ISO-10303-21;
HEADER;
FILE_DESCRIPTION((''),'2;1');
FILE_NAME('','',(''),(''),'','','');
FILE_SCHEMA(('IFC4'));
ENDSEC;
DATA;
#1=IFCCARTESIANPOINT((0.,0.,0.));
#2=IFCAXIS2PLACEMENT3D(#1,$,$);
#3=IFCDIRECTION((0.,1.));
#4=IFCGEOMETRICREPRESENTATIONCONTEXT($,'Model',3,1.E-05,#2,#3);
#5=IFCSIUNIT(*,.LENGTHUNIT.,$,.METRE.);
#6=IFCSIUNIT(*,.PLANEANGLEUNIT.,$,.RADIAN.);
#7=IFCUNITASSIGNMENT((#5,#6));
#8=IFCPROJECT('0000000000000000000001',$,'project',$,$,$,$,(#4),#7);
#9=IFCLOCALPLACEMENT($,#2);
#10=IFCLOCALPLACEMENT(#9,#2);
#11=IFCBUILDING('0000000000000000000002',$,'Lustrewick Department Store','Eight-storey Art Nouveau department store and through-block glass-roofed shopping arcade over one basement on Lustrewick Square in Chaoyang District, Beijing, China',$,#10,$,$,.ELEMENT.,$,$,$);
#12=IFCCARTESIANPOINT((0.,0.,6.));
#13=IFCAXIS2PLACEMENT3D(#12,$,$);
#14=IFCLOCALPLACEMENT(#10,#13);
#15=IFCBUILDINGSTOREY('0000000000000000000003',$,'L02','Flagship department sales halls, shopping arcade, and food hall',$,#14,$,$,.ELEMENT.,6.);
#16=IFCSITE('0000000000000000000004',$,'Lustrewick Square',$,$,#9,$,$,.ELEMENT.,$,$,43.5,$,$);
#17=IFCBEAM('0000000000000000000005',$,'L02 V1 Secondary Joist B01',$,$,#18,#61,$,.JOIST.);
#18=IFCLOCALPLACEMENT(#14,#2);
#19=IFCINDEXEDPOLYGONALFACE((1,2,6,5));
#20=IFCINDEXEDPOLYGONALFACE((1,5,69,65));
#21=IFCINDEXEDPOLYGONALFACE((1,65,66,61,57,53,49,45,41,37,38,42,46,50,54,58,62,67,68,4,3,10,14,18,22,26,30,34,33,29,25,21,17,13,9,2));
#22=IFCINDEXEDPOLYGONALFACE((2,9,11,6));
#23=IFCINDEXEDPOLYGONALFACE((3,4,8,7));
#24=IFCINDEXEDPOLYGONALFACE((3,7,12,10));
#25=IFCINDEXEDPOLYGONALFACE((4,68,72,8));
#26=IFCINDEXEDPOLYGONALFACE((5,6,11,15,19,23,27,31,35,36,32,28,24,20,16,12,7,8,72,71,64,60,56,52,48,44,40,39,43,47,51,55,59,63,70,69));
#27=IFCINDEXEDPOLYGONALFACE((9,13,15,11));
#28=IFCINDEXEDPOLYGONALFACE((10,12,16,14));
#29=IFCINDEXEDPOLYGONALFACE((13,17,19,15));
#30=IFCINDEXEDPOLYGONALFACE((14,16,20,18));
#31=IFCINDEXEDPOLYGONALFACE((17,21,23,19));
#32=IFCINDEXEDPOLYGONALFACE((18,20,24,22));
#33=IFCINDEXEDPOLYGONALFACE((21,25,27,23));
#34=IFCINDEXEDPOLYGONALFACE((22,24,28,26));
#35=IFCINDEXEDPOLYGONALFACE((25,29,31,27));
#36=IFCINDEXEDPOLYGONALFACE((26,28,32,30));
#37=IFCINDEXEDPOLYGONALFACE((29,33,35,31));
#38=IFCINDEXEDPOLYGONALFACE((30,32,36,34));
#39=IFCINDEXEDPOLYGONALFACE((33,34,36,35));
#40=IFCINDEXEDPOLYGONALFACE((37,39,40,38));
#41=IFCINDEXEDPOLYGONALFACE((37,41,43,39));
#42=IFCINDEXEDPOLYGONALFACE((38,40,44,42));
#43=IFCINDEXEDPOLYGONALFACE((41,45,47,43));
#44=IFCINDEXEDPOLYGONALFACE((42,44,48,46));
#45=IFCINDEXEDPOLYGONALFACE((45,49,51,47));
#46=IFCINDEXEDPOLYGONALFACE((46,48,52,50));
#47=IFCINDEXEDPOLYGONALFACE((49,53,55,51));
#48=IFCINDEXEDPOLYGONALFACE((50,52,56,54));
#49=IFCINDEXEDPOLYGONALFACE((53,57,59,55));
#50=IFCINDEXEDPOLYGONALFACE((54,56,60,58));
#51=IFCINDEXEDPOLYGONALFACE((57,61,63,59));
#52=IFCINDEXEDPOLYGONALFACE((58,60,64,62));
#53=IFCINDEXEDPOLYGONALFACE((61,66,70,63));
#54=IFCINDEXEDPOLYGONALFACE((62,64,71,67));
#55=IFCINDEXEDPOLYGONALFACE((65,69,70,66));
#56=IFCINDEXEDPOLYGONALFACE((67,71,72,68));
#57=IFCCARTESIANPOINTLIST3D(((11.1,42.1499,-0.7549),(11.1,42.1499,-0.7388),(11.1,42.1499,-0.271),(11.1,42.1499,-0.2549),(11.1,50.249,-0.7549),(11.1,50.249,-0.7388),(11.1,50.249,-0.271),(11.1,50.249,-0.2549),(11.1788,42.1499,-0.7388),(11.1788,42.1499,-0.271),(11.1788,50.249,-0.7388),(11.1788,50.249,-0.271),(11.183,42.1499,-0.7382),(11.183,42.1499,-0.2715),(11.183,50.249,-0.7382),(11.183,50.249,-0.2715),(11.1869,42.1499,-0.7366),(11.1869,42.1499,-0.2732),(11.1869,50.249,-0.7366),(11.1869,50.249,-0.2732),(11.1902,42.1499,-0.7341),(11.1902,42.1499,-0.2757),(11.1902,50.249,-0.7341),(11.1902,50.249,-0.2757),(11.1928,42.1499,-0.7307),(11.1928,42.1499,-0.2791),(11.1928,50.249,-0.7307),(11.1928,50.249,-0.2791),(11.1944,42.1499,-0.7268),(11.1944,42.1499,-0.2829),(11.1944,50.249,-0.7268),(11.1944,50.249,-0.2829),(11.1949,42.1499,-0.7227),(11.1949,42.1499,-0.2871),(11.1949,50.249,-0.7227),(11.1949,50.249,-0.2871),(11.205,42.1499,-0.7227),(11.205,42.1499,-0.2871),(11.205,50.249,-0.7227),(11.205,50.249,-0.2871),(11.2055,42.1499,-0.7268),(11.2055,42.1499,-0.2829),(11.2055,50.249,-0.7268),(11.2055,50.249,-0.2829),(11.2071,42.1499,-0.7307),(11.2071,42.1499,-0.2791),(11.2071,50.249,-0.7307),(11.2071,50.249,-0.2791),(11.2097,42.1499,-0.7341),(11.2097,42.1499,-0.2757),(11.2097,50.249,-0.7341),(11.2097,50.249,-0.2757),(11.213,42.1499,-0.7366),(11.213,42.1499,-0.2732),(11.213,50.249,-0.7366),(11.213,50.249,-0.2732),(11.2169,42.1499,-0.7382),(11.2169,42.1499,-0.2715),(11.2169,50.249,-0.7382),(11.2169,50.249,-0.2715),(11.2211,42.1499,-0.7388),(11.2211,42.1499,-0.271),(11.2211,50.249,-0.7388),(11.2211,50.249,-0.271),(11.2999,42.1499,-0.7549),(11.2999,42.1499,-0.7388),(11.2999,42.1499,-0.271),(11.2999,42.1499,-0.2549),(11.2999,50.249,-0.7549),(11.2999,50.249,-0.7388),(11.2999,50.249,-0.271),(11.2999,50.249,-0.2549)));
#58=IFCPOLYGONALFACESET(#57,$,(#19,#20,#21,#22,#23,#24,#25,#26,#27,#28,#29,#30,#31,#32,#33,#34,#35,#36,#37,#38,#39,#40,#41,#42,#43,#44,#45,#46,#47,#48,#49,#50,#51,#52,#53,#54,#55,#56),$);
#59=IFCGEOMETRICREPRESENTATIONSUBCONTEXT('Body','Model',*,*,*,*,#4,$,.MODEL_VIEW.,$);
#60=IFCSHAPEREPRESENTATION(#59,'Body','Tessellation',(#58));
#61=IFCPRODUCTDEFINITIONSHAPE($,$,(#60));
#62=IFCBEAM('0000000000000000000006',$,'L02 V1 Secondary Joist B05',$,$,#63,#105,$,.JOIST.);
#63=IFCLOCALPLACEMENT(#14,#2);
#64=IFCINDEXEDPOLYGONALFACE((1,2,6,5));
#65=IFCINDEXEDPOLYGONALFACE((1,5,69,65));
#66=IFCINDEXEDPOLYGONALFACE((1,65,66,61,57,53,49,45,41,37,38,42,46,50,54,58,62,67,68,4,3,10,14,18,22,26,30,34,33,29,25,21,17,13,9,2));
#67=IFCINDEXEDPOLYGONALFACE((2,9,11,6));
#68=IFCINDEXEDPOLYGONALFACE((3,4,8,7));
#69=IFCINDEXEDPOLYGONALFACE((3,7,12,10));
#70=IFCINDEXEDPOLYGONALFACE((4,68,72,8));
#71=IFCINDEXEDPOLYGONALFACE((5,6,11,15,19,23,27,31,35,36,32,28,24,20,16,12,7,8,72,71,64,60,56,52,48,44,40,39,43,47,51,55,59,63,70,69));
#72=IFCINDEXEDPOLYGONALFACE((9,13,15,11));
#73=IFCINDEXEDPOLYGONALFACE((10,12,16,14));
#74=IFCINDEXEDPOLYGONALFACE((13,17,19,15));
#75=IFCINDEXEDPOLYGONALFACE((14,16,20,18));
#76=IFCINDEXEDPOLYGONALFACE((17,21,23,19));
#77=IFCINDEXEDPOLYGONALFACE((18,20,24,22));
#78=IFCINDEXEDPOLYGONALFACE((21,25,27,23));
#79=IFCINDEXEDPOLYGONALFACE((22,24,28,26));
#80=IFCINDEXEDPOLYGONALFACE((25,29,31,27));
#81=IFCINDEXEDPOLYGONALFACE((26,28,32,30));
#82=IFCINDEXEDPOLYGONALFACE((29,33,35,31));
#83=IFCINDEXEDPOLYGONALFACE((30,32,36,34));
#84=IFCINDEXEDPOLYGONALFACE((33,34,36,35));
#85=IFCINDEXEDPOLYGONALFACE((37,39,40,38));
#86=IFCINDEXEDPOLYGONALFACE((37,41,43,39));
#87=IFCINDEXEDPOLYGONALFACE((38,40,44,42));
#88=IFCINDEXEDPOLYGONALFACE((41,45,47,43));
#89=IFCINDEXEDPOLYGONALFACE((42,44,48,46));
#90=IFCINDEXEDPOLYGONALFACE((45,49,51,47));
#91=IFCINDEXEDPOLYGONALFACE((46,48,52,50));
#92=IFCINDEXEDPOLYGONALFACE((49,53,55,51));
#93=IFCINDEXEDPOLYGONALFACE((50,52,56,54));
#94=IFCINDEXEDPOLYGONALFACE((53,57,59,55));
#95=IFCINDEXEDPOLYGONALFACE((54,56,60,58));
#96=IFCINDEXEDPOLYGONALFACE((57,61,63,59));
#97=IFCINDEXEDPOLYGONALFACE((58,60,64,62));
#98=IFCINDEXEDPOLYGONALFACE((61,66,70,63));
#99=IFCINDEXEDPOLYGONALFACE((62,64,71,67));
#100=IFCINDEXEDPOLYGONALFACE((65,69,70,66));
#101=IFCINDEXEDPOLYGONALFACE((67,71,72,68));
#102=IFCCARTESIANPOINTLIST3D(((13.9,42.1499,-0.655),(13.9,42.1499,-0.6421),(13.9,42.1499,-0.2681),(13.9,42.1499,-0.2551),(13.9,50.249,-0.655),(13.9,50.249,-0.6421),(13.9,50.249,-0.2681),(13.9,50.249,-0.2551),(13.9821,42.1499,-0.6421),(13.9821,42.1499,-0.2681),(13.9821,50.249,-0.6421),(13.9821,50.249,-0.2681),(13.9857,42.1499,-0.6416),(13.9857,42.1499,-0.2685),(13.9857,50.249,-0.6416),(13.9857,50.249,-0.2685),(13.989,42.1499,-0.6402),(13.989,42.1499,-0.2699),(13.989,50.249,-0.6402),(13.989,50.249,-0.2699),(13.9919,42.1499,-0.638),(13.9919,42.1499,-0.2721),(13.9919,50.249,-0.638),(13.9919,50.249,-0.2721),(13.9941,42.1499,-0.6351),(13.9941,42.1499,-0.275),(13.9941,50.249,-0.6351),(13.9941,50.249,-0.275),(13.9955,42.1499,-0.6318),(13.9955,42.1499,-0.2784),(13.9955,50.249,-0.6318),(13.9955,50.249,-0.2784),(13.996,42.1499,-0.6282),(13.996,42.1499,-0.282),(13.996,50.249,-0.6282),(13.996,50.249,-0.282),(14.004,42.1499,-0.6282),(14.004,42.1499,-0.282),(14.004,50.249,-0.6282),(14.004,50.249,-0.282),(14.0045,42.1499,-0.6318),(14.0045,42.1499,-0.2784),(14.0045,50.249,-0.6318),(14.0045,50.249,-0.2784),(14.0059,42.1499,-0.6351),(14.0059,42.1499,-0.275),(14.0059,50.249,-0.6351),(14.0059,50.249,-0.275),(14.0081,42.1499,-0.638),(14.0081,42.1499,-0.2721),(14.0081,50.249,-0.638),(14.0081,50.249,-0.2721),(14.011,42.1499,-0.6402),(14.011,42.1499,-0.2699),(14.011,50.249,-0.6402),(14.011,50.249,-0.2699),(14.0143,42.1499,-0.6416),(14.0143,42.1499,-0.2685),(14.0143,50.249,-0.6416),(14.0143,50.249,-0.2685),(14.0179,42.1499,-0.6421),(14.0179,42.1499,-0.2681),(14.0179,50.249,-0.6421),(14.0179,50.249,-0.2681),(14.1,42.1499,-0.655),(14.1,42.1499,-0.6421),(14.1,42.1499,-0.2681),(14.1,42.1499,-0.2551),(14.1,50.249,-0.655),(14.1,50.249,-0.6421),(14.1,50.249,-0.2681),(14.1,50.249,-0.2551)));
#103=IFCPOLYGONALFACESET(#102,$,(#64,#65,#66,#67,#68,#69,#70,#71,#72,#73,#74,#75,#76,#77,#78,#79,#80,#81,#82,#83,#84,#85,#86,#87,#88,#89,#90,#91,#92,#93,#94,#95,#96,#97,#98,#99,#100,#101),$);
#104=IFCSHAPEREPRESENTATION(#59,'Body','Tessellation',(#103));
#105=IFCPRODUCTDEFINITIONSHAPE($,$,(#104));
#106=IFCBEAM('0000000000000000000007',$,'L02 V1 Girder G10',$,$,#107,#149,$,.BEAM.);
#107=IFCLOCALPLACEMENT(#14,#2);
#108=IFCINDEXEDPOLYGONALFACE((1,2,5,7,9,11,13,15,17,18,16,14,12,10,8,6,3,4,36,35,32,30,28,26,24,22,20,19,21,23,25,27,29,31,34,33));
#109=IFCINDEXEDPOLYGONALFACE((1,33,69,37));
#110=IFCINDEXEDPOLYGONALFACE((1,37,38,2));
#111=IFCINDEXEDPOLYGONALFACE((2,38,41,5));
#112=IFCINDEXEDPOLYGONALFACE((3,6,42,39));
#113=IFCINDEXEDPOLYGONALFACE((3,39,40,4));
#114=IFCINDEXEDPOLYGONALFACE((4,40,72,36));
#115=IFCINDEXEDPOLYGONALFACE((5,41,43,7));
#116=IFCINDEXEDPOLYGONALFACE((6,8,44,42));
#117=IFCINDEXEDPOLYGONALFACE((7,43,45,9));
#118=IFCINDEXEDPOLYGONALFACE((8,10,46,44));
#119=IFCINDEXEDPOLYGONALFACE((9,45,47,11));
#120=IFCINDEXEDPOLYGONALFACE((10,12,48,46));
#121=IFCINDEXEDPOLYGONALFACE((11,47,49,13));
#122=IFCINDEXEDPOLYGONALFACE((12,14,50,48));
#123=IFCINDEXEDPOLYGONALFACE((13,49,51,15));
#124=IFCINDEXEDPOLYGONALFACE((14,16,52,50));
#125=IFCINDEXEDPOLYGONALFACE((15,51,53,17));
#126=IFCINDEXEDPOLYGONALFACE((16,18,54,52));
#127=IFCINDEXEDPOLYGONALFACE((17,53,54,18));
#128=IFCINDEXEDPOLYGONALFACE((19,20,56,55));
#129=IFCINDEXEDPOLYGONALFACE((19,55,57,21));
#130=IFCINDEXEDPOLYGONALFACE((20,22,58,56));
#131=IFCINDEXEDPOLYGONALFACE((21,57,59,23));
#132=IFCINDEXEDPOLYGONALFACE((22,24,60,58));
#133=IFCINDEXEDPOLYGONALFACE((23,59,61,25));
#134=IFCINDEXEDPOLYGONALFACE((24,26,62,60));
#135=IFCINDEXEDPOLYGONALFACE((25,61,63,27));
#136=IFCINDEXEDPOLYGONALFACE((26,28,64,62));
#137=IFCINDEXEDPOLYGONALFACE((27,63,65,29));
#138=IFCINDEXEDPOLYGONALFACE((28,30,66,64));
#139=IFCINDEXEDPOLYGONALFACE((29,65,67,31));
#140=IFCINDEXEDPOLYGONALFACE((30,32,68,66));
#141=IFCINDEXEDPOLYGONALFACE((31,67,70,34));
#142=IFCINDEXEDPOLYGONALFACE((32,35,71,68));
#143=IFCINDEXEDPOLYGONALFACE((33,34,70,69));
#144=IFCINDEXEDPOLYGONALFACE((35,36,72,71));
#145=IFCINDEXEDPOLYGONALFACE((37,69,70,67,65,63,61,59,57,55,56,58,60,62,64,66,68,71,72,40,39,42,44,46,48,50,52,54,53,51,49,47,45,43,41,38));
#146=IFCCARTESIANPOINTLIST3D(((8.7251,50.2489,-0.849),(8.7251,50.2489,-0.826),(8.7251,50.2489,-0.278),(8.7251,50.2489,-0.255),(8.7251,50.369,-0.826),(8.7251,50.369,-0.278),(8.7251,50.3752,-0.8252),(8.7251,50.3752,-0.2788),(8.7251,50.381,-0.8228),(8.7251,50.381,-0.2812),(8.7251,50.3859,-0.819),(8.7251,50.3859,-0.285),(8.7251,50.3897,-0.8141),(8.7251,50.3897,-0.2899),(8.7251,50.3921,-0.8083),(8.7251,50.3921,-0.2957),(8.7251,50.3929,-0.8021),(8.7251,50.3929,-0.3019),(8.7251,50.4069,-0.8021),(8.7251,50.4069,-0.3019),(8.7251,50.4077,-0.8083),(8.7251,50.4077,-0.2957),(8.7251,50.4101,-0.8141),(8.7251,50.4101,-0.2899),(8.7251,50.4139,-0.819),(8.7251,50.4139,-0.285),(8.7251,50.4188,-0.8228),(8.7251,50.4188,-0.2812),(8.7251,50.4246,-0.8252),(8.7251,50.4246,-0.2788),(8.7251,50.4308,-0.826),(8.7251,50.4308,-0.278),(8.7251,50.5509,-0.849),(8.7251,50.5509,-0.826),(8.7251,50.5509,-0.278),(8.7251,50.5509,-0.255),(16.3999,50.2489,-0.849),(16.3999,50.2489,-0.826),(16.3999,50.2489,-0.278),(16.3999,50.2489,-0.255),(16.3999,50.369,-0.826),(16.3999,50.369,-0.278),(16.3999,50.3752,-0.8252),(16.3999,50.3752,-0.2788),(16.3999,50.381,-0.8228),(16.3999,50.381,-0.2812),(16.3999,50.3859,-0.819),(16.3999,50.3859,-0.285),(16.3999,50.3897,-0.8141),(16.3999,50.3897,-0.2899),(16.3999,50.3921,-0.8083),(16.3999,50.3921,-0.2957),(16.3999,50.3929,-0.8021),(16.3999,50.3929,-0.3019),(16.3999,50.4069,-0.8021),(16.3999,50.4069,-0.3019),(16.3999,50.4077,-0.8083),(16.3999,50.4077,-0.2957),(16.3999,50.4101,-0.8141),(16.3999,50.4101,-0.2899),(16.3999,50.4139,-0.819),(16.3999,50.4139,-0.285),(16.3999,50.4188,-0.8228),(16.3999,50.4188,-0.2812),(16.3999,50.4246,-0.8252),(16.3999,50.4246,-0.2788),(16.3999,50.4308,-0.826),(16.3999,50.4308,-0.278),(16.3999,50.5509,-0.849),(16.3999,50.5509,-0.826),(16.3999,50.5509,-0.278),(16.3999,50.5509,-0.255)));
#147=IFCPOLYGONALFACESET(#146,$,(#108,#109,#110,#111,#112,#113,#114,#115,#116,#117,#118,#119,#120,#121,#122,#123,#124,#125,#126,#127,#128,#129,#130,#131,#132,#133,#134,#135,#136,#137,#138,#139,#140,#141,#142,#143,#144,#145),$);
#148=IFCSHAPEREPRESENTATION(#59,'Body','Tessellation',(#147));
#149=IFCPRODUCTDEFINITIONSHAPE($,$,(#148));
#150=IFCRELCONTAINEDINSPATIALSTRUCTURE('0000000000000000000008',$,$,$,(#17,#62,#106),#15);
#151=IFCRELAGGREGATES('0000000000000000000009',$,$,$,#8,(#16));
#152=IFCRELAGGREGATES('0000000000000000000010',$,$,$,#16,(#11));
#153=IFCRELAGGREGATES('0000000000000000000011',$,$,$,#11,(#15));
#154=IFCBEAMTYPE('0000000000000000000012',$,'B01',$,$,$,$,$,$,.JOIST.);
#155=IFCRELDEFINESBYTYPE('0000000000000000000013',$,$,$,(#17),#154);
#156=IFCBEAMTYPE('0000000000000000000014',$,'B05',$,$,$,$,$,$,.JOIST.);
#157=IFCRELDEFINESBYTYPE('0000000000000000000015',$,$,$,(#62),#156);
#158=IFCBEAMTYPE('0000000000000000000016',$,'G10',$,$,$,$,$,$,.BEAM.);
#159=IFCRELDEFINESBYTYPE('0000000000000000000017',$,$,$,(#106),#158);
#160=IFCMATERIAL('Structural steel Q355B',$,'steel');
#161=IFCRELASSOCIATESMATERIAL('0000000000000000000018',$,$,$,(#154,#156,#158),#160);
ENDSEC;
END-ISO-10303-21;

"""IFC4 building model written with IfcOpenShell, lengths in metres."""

from ifc_helpers import new_model, si_unit, direction, frame, origin, origin_2d, place, context, subcontext, project, spatial, i_section, extrude, material, material_profile, profile_set, type_object, element, save


model = new_model("IFC4")

# Units and contexts
model_context = context("Model", 3, precision=1e-05, world=origin(), true_north=direction((0.0, 1.0)))
body_context = subcontext(model_context, "Body", "Model", "MODEL_VIEW")
ifc_project = project(units=[si_unit("LENGTHUNIT", "METRE"), si_unit("PLANEANGLEUNIT", "RADIAN")], contexts=[model_context])

# Site, building, storey
site_placement = place(None, origin())
site = spatial("IfcSite", under=ifc_project, at=site_placement, Name="Lustrewick Square", CompositionType="ELEMENT", RefElevation=43.5)
building_placement = place(site_placement, origin())
building = spatial("IfcBuilding", under=site, at=building_placement, Name="Lustrewick Department Store", Description="Eight-storey Art Nouveau department store and through-block glass-roofed shopping arcade over one basement on Lustrewick Square in Chaoyang District, Beijing, China", CompositionType="ELEMENT")
storey_placement = place(building_placement, frame((0.0, 0.0, 6.0)))
storey = spatial("IfcBuildingStorey", under=building, at=storey_placement, Name="L02", Description="Flagship department sales halls, shopping arcade, and food hall", CompositionType="ELEMENT", Elevation=6.0)

# Shared definitions
ifc_material_1 = material(Name="Structural steel Q355B", Category="steel")

# Beams
ifc_material_profile_1 = material_profile(ifc_material_1, i_section(OverallWidth=0.2, OverallDepth=0.5, WebThickness=0.01, FlangeThickness=0.0161, FilletRadius=0.0161, at=origin_2d()), Name="HN 500x200x10x16")
ifc_profile_set_1 = profile_set([ifc_material_profile_1], Name="Structural steel Q355B")
beam_type_1 = type_object("IfcBeamType", Name="B01", PredefinedType="JOIST", material=ifc_profile_set_1)
beam_1_placement = place(storey_placement, frame((11.2, 42.1499, -0.5049), z_axis=(0.0, 1.0, 0.0), x_axis=(-1.0, 0.0, 0.0)))
element("IfcBeam", 1, at=beam_1_placement, inside=storey, type_object=beam_type_1, Name="L02 V1 Secondary Joist B01", PredefinedType="JOIST", context=body_context, shape_type="SweptSolid", body=[
    extrude(i_section(OverallWidth=0.2, OverallDepth=0.5, WebThickness=0.01, FlangeThickness=0.0161, FilletRadius=0.0161, at=origin_2d()), origin(), (0.0, 0.0, 1.0), 8.0991),
])
ifc_material_profile_2 = material_profile(ifc_material_1, i_section(OverallWidth=0.2, OverallDepth=0.3999, WebThickness=0.0081, FlangeThickness=0.0129, FilletRadius=0.0139, at=origin_2d()), Name="HN 400x200x8x13")
ifc_profile_set_2 = profile_set([ifc_material_profile_2], Name="Structural steel Q355B")
beam_type_2 = type_object("IfcBeamType", Name="B05", PredefinedType="JOIST", material=ifc_profile_set_2)
beam_2_placement = place(storey_placement, frame((14.0, 42.1499, -0.4551), z_axis=(0.0, 1.0, 0.0), x_axis=(-1.0, 0.0, 0.0)))
element("IfcBeam", 2, at=beam_2_placement, inside=storey, type_object=beam_type_2, Name="L02 V1 Secondary Joist B05", PredefinedType="JOIST", context=body_context, shape_type="SweptSolid", body=[
    extrude(i_section(OverallWidth=0.2, OverallDepth=0.3999, WebThickness=0.0081, FlangeThickness=0.0129, FilletRadius=0.0139, at=origin_2d()), origin(), (0.0, 0.0, 1.0), 8.0991),
])
ifc_material_profile_3 = material_profile(ifc_material_1, i_section(OverallWidth=0.302, OverallDepth=0.594, WebThickness=0.0139, FlangeThickness=0.0229, FilletRadius=0.0239, at=origin_2d()), Name="HM 594x302x14x23")
ifc_profile_set_3 = profile_set([ifc_material_profile_3], Name="Structural steel Q355B")
beam_type_3 = type_object("IfcBeamType", Name="G10", PredefinedType="BEAM", material=ifc_profile_set_3)
beam_3_placement = place(storey_placement, frame((8.7251, 50.3999, -0.552), z_axis=(1.0, 0.0, 0.0), x_axis=(0.0, 1.0, 0.0)))
element("IfcBeam", 3, at=beam_3_placement, inside=storey, type_object=beam_type_3, Name="L02 V1 Girder G10", PredefinedType="BEAM", context=body_context, shape_type="SweptSolid", body=[
    extrude(i_section(OverallWidth=0.302, OverallDepth=0.594, WebThickness=0.0139, FlangeThickness=0.0229, FilletRadius=0.0239, at=origin_2d()), origin(), (0.0, 0.0, 1.0), 7.6748),
])

save(model, "model.ifc")
